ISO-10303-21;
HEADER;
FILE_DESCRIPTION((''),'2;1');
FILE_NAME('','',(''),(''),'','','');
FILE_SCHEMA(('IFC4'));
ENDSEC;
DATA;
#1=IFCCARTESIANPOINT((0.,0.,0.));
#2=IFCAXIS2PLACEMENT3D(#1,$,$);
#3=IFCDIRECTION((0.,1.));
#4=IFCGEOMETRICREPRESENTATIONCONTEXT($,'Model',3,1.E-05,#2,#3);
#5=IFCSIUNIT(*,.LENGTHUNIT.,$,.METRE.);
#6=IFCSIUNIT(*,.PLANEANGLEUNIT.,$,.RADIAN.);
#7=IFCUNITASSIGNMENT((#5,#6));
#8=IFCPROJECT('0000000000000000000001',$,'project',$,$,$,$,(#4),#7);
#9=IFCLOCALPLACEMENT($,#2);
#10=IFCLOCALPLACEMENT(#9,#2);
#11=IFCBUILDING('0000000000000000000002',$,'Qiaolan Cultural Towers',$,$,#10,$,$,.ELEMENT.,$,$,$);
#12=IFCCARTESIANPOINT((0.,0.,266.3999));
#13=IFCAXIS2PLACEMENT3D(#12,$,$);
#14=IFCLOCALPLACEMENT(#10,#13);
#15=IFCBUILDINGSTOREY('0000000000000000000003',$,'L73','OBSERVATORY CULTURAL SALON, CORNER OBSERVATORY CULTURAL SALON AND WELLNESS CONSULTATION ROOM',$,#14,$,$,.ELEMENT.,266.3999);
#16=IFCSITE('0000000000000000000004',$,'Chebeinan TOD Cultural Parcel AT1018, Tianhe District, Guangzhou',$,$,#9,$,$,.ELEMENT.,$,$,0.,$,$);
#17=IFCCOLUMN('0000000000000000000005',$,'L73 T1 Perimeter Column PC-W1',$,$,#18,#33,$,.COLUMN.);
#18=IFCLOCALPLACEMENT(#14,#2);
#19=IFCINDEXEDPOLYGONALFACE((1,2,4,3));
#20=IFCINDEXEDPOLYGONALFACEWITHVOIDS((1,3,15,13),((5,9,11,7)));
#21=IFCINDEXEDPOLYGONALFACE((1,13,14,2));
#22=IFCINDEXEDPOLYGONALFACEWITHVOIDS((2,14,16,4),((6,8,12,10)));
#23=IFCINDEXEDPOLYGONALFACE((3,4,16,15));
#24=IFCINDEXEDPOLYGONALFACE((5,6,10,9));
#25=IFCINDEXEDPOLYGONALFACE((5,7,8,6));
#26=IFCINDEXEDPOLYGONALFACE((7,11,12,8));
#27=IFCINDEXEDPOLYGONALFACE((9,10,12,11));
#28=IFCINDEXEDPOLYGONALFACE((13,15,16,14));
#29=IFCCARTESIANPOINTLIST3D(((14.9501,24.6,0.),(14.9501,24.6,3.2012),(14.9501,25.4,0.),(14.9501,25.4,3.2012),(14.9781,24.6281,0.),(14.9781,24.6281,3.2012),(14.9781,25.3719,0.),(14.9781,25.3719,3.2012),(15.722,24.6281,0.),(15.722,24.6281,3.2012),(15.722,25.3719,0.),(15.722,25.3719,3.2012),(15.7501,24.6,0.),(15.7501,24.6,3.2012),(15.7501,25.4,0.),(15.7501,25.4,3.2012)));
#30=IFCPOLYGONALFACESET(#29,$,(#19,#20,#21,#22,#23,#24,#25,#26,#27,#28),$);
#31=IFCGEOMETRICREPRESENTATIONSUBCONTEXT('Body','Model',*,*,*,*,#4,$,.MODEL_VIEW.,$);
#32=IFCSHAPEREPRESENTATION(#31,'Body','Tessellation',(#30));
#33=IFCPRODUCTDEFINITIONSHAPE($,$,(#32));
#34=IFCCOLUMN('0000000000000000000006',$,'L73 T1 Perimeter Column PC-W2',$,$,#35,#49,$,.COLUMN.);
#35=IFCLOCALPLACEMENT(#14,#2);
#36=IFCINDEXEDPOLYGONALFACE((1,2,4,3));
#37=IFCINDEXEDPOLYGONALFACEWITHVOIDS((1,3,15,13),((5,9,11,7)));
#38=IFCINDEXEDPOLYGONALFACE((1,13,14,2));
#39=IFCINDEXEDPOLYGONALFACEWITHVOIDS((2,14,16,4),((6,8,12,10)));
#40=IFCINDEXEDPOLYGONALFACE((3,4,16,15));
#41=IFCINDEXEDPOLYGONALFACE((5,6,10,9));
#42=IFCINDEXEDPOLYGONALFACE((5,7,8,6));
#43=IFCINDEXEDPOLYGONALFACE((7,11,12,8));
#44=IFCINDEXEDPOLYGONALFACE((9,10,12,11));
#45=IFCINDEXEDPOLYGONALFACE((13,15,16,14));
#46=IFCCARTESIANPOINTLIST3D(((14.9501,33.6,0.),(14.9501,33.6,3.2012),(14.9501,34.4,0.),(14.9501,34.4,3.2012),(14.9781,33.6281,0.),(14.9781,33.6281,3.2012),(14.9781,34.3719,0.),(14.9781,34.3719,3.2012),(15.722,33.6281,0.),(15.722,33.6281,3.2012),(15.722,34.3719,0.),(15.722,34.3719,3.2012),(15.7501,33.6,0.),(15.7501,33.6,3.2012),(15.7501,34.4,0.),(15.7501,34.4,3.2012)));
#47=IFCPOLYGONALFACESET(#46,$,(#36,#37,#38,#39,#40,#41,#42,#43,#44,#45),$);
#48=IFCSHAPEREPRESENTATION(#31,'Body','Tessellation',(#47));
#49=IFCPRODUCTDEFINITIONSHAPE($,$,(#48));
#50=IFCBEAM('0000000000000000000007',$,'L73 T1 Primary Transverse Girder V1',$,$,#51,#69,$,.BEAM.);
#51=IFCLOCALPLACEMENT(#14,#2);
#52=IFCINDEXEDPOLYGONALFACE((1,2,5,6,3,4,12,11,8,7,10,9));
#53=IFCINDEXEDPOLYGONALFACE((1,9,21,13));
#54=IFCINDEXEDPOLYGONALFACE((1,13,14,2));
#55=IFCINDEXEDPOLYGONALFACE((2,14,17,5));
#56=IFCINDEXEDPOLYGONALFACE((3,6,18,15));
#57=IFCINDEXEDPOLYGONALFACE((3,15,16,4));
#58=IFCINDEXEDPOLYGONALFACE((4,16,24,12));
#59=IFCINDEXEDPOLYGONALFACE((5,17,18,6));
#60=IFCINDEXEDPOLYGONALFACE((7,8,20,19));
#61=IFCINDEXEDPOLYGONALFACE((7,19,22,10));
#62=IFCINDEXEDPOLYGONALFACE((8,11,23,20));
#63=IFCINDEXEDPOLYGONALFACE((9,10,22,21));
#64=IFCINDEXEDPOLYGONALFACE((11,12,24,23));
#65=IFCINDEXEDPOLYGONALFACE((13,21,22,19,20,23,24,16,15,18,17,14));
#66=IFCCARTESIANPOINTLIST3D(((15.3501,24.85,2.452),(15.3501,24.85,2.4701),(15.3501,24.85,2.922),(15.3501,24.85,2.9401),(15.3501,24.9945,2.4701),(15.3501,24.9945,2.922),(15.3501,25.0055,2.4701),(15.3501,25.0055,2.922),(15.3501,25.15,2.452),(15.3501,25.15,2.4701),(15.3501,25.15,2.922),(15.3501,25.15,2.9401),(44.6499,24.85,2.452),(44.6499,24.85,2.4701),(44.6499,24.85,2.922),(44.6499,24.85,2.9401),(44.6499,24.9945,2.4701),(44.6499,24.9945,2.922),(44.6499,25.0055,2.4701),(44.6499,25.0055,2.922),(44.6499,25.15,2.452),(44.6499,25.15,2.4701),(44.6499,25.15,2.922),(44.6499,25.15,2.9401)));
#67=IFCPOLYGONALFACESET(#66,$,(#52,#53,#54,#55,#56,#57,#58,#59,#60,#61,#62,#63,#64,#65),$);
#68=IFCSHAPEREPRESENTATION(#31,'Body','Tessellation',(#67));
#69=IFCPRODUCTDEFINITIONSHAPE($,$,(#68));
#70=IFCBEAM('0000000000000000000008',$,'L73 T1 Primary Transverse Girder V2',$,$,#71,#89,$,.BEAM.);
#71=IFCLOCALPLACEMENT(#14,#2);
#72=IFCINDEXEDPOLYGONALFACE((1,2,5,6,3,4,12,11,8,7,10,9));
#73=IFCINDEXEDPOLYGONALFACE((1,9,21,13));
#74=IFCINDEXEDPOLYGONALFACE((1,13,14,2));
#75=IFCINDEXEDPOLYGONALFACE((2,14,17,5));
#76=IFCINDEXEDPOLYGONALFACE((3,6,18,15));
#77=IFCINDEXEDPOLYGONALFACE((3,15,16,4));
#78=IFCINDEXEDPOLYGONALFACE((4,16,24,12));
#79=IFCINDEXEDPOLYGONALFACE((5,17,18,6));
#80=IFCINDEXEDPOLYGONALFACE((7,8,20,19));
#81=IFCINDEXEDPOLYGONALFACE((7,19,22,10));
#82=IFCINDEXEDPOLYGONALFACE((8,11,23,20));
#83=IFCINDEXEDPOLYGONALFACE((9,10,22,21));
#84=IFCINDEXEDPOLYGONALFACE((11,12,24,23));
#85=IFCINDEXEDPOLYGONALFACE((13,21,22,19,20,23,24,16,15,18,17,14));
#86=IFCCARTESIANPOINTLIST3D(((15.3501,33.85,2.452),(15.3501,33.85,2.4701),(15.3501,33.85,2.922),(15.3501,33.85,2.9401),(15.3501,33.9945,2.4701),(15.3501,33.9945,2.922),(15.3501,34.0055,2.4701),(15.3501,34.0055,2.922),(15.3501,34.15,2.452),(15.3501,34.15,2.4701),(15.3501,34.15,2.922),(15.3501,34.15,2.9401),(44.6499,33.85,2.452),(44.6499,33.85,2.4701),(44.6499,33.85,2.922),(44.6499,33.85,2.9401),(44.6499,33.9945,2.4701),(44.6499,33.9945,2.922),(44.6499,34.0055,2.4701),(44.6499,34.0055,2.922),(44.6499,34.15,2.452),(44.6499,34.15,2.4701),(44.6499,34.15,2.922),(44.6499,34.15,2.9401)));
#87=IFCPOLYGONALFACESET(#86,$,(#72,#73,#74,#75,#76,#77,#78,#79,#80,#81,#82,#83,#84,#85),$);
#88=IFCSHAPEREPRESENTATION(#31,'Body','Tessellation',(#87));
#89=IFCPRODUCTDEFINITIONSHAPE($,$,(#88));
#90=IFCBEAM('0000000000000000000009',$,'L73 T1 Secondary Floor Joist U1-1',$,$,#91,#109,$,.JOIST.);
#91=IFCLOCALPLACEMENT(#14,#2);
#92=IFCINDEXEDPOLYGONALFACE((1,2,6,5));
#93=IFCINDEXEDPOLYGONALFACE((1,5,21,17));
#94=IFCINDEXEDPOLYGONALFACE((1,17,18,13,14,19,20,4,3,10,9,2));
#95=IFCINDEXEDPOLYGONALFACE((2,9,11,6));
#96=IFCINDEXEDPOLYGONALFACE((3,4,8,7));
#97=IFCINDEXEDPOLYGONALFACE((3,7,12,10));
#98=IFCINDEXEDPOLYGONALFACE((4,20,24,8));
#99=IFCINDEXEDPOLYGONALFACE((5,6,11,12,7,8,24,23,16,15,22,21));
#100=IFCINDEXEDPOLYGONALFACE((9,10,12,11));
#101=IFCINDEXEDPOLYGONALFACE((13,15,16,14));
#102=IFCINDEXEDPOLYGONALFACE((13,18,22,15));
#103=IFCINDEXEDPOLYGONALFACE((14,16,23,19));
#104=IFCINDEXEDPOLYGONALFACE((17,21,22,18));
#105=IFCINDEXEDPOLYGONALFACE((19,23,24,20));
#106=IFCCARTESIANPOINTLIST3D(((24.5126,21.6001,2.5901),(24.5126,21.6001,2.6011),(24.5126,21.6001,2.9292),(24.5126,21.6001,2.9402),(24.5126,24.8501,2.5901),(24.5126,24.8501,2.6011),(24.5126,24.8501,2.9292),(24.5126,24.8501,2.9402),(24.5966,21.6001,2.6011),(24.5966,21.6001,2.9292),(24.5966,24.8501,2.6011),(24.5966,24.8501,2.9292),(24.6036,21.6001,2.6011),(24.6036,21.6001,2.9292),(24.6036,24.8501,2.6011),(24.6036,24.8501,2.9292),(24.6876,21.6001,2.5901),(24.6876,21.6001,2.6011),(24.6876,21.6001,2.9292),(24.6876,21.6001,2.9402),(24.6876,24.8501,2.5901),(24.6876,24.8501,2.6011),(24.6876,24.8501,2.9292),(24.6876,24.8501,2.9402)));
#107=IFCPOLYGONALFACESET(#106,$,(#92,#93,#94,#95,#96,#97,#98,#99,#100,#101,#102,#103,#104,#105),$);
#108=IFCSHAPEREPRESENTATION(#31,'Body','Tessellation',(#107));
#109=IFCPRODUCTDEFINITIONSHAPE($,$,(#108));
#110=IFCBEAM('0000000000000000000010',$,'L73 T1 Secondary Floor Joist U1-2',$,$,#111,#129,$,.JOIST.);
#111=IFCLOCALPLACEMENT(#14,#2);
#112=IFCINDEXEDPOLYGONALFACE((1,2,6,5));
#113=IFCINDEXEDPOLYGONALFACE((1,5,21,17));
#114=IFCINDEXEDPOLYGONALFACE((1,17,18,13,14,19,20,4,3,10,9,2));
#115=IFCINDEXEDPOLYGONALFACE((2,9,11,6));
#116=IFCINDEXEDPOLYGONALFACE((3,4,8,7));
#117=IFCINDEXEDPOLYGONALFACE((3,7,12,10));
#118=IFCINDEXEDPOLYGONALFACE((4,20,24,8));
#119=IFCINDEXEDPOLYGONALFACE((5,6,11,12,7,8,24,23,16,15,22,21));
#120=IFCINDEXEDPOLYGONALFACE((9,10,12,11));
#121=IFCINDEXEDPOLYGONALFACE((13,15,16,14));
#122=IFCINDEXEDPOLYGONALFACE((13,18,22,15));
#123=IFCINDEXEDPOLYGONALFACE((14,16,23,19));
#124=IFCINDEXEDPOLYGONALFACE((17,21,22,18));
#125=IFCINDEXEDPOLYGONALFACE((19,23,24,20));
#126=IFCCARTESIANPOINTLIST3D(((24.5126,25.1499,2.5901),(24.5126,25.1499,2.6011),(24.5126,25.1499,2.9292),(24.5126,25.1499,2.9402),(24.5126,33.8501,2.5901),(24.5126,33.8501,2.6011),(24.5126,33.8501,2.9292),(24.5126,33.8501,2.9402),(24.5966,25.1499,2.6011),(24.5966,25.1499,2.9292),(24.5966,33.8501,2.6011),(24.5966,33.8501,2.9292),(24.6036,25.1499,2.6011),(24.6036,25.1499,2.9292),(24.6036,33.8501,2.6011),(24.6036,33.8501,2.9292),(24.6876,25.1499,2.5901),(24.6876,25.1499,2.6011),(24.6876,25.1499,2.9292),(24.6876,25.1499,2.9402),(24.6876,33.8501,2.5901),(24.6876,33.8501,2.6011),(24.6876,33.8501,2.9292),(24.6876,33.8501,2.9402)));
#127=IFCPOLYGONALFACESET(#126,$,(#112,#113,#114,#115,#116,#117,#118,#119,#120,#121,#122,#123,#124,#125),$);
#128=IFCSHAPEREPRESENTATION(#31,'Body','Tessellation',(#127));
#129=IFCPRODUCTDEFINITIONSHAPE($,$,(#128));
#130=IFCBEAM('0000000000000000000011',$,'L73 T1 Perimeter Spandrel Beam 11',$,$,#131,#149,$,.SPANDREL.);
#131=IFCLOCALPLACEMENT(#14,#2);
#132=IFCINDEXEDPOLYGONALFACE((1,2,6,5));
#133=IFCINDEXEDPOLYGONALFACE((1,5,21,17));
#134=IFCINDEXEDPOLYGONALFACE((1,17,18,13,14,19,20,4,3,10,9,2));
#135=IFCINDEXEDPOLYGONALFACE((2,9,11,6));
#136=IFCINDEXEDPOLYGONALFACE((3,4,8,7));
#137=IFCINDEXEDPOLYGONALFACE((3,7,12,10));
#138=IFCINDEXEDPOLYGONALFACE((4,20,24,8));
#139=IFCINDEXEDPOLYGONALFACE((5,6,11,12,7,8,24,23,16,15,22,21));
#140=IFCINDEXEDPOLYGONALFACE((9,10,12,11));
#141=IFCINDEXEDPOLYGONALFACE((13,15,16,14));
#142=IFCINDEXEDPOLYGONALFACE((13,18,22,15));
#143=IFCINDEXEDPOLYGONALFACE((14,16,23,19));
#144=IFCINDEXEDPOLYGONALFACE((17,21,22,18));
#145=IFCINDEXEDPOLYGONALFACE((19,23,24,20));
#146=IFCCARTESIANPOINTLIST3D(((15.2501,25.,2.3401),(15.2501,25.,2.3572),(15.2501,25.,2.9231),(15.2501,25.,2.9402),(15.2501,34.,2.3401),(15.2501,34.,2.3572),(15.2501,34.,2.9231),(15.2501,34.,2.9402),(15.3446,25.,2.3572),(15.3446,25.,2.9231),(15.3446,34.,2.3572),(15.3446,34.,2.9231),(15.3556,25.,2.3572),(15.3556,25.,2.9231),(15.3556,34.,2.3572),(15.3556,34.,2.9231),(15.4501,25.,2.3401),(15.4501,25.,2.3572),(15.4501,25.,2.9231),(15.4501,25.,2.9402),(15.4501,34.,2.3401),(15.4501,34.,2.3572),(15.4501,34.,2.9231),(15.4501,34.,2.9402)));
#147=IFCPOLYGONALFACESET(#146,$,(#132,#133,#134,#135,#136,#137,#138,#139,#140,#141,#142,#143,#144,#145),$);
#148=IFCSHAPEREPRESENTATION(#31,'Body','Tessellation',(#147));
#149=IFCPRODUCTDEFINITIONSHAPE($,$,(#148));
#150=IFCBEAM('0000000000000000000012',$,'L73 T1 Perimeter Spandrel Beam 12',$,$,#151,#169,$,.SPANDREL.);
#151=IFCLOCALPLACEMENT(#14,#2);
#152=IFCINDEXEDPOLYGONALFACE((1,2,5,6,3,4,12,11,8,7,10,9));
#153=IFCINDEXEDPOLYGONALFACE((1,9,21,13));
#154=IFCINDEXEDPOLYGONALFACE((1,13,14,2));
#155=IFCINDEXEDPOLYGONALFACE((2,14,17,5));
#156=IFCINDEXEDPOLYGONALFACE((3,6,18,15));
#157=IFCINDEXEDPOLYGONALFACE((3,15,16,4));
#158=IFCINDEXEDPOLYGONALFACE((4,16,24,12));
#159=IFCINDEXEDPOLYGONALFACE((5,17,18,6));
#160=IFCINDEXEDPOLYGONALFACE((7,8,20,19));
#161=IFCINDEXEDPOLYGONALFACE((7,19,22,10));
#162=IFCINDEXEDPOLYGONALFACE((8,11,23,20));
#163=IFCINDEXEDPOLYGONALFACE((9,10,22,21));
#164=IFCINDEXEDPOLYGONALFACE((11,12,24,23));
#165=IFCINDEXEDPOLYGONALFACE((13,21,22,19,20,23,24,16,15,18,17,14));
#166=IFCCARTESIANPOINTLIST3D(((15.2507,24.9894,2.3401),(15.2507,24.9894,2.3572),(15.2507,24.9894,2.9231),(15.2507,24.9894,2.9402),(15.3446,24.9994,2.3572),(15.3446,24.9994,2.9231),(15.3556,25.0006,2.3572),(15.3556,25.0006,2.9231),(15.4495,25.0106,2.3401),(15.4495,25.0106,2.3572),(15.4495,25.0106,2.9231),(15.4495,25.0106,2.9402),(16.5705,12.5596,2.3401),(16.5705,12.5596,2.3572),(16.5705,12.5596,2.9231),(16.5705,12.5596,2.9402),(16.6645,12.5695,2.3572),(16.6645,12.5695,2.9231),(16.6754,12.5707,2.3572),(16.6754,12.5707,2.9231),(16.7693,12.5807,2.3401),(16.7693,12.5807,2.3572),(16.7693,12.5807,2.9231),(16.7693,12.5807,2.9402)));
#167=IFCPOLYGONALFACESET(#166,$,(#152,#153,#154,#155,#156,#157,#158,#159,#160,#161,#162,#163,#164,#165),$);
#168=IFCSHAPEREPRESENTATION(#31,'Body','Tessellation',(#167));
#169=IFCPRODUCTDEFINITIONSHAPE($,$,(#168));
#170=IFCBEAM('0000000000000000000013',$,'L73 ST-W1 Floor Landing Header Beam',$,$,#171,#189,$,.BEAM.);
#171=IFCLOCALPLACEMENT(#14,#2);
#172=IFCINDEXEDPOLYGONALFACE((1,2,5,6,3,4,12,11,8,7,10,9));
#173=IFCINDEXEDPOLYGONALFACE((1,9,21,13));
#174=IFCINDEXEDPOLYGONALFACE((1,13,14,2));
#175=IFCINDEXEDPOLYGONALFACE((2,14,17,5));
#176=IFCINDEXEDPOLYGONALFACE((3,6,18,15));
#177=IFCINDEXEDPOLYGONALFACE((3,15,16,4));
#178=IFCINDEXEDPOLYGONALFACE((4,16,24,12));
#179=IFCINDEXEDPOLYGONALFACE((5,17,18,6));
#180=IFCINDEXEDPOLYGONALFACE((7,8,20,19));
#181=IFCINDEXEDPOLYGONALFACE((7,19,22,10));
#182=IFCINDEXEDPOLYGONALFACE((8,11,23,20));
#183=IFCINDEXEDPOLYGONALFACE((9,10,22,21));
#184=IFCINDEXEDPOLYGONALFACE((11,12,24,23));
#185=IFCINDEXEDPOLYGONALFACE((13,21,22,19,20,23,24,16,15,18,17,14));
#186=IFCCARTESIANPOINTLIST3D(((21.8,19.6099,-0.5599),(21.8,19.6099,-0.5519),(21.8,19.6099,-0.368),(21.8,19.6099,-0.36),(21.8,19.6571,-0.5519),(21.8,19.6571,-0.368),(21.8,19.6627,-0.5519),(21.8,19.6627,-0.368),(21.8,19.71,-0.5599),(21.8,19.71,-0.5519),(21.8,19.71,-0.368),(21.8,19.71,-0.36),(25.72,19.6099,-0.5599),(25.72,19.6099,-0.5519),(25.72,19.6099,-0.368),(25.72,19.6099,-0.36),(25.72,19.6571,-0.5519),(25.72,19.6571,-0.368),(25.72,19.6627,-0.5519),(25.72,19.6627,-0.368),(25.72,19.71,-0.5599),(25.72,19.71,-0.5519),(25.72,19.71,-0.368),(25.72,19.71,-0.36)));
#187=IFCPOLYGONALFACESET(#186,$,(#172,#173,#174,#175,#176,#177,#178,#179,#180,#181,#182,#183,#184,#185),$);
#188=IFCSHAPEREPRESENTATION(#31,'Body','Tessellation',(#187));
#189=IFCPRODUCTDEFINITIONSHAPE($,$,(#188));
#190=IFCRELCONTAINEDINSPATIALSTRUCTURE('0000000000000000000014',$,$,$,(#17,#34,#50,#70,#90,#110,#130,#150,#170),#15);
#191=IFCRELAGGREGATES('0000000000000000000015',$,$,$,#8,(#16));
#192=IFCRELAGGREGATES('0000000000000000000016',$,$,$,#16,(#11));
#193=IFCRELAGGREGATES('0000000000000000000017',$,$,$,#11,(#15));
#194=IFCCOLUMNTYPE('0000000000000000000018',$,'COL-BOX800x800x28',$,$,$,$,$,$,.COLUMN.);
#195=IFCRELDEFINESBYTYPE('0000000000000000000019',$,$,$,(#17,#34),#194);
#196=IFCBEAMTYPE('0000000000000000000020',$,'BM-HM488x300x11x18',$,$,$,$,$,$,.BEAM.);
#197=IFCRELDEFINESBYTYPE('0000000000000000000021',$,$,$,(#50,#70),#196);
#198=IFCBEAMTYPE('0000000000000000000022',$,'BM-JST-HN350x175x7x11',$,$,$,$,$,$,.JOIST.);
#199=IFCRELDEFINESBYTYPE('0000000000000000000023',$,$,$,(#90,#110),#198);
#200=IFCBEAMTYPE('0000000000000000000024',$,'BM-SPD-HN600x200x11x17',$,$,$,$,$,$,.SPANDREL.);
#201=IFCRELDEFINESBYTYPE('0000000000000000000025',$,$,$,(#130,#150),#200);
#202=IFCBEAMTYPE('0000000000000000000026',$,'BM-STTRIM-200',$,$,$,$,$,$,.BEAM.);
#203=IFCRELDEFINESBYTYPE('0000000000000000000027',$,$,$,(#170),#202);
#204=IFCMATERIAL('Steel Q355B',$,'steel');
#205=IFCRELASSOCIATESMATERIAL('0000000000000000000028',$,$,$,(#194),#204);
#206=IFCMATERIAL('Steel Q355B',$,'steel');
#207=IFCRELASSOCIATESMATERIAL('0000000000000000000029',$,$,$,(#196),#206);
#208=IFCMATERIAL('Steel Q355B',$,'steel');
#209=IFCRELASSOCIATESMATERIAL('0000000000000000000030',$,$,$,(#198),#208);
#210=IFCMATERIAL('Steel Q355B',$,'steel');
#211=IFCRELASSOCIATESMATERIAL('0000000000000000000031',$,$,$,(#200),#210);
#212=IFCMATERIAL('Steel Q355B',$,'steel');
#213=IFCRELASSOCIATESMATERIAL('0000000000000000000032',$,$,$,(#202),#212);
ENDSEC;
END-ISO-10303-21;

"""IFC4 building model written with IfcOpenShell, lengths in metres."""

from ifc_helpers import new_model, si_unit, direction, frame, origin, origin_2d, place, context, subcontext, project, spatial, hollow_rectangle, i_section, extrude, material, material_profile, profile_set, type_object, element, save


model = new_model("IFC4")

# Units and contexts
model_context = context("Model", 3, precision=1e-05, world=origin(), true_north=direction((0.0, 1.0)))
body_context = subcontext(model_context, "Body", "Model", "MODEL_VIEW")
ifc_project = project(units=[si_unit("LENGTHUNIT", "METRE"), si_unit("PLANEANGLEUNIT", "RADIAN")], contexts=[model_context])

# Site, building, storey
site_placement = place(None, origin())
site = spatial("IfcSite", under=ifc_project, at=site_placement, Name="Chebeinan TOD Cultural Parcel AT1018, Tianhe District, Guangzhou", CompositionType="ELEMENT", RefElevation=0.0)
building_placement = place(site_placement, origin())
building = spatial("IfcBuilding", under=site, at=building_placement, Name="Qiaolan Cultural Towers", CompositionType="ELEMENT")
storey_placement = place(building_placement, frame((0.0, 0.0, 266.3999)))
storey = spatial("IfcBuildingStorey", under=building, at=storey_placement, Name="L73", Description="OBSERVATORY CULTURAL SALON, CORNER OBSERVATORY CULTURAL SALON AND WELLNESS CONSULTATION ROOM", CompositionType="ELEMENT", Elevation=266.3999)

# Columns
ifc_material_1 = material(Name="Steel Q355B", Category="steel")
ifc_material_profile_1 = material_profile(ifc_material_1, hollow_rectangle(XDim=0.8, YDim=0.8, WallThickness=0.0281, at=origin_2d()), Name="BOX800x800x28")
ifc_profile_set_1 = profile_set([ifc_material_profile_1], Name="Steel Q355B")
column_type = type_object("IfcColumnType", Name="COL-BOX800x800x28", PredefinedType="COLUMN", material=ifc_profile_set_1)
for number, where, z_axis, x_axis, name in (
    (1, (15.3501, 25.0, 0.0), (0.0, 0.0, 1.0), (1.0, 0.0, 0.0), "L73 T1 Perimeter Column PC-W1"),
    (2, (15.3501, 34.0, 0.0), (0.0, 0.0, 1.0), (1.0, 0.0, 0.0), "L73 T1 Perimeter Column PC-W2"),
):
    element("IfcColumn", number, at=place(storey_placement, frame(where, z_axis=z_axis, x_axis=x_axis)), inside=storey, type_object=column_type, Name=name, PredefinedType="COLUMN", context=body_context, shape_type="SweptSolid", body=[
        extrude(hollow_rectangle(XDim=0.8, YDim=0.8, WallThickness=0.0281, at=origin_2d()), origin(), (0.0, 0.0, 1.0), 3.2012),
    ])

# Beams
ifc_material_2 = material(Name="Steel Q355B", Category="steel")
ifc_material_profile_2 = material_profile(ifc_material_2, i_section(OverallWidth=0.3, OverallDepth=0.488, WebThickness=0.011, FlangeThickness=0.0181, at=origin_2d()), Name="HM488x300x11x18")
ifc_profile_set_2 = profile_set([ifc_material_profile_2], Name="Steel Q355B")
beam_type_1 = type_object("IfcBeamType", Name="BM-HM488x300x11x18", PredefinedType="BEAM", material=ifc_profile_set_2)
for number, where, z_axis, x_axis, name in (
    (3, (15.3501, 25.0, 2.696), (1.0, 0.0, 0.0), (0.0, 1.0, 0.0), "L73 T1 Primary Transverse Girder V1"),
    (4, (15.3501, 34.0, 2.696), (1.0, 0.0, 0.0), (0.0, 1.0, 0.0), "L73 T1 Primary Transverse Girder V2"),
):
    element("IfcBeam", number, at=place(storey_placement, frame(where, z_axis=z_axis, x_axis=x_axis)), inside=storey, type_object=beam_type_1, Name=name, PredefinedType="BEAM", context=body_context, shape_type="SweptSolid", body=[
        extrude(i_section(OverallWidth=0.3, OverallDepth=0.488, WebThickness=0.011, FlangeThickness=0.0181, at=origin_2d()), origin(), (0.0, 0.0, 1.0), 29.2998),
    ])
ifc_material_3 = material(Name="Steel Q355B", Category="steel")
ifc_material_profile_3 = material_profile(ifc_material_3, i_section(OverallWidth=0.175, OverallDepth=0.3501, WebThickness=0.0071, FlangeThickness=0.011, at=origin_2d()), Name="HN350x175x7x11")
ifc_profile_set_3 = profile_set([ifc_material_profile_3], Name="Steel Q355B")
beam_type_2 = type_object("IfcBeamType", Name="BM-JST-HN350x175x7x11", PredefinedType="JOIST", material=ifc_profile_set_3)
beam_1_placement = place(storey_placement, frame((24.6001, 21.6001, 2.7651), z_axis=(0.0, 1.0, 0.0), x_axis=(-1.0, 0.0, 0.0)))
element("IfcBeam", 5, at=beam_1_placement, inside=storey, type_object=beam_type_2, Name="L73 T1 Secondary Floor Joist U1-1", PredefinedType="JOIST", context=body_context, shape_type="SweptSolid", body=[
    extrude(i_section(OverallWidth=0.175, OverallDepth=0.3501, WebThickness=0.0071, FlangeThickness=0.011, at=origin_2d()), origin(), (0.0, 0.0, 1.0), 3.25),
])
beam_2_placement = place(storey_placement, frame((24.6001, 25.1499, 2.7651), z_axis=(0.0, 1.0, 0.0), x_axis=(-1.0, 0.0, 0.0)))
element("IfcBeam", 6, at=beam_2_placement, inside=storey, type_object=beam_type_2, Name="L73 T1 Secondary Floor Joist U1-2", PredefinedType="JOIST", context=body_context, shape_type="SweptSolid", body=[
    extrude(i_section(OverallWidth=0.175, OverallDepth=0.3501, WebThickness=0.0071, FlangeThickness=0.011, at=origin_2d()), origin(), (0.0, 0.0, 1.0), 8.7002),
])
ifc_material_4 = material(Name="Steel Q355B", Category="steel")
ifc_material_profile_4 = material_profile(ifc_material_4, i_section(OverallWidth=0.2, OverallDepth=0.6001, WebThickness=0.011, FlangeThickness=0.0171, at=origin_2d()), Name="HN600x200x11x17")
ifc_profile_set_4 = profile_set([ifc_material_profile_4], Name="Steel Q355B")
beam_type_3 = type_object("IfcBeamType", Name="BM-SPD-HN600x200x11x17", PredefinedType="SPANDREL", material=ifc_profile_set_4)
beam_3_placement = place(storey_placement, frame((15.3501, 34.0, 2.6401), z_axis=(0.0, -1.0, 0.0), x_axis=(1.0, 0.0, 0.0)))
element("IfcBeam", 7, at=beam_3_placement, inside=storey, type_object=beam_type_3, Name="L73 T1 Perimeter Spandrel Beam 11", PredefinedType="SPANDREL", context=body_context, shape_type="SweptSolid", body=[
    extrude(i_section(OverallWidth=0.2, OverallDepth=0.6001, WebThickness=0.011, FlangeThickness=0.0171, at=origin_2d()), origin(), (0.0, 0.0, 1.0), 9.0),
])
beam_4_placement = place(storey_placement, frame((15.3501, 25.0, 2.6401), z_axis=(0.105588, -0.99441, 0.0), x_axis=(0.99441, 0.105588, 0.0)))
element("IfcBeam", 8, at=beam_4_placement, inside=storey, type_object=beam_type_3, Name="L73 T1 Perimeter Spandrel Beam 12", PredefinedType="SPANDREL", context=body_context, shape_type="SweptSolid", body=[
    extrude(i_section(OverallWidth=0.2, OverallDepth=0.6001, WebThickness=0.011, FlangeThickness=0.0171, at=origin_2d()), origin(), (0.0, 0.0, 1.0), 12.4998),
])
ifc_material_5 = material(Name="Steel Q355B", Category="steel")
ifc_material_profile_5 = material_profile(ifc_material_5, i_section(OverallWidth=0.1001, OverallDepth=0.2, WebThickness=0.0056, FlangeThickness=0.0081, at=origin_2d()), Name="HN200x100x5.5x8")
ifc_profile_set_5 = profile_set([ifc_material_profile_5], Name="Steel Q355B")
beam_type_4 = type_object("IfcBeamType", Name="BM-STTRIM-200", PredefinedType="BEAM", material=ifc_profile_set_5)
beam_5_placement = place(storey_placement, frame((21.8, 19.6599, -0.46), z_axis=(1.0, 0.0, 0.0), x_axis=(0.0, 1.0, 0.0)))
element("IfcBeam", 9, at=beam_5_placement, inside=storey, type_object=beam_type_4, Name="L73 ST-W1 Floor Landing Header Beam", PredefinedType="BEAM", context=body_context, shape_type="SweptSolid", body=[
    extrude(i_section(OverallWidth=0.1001, OverallDepth=0.2, WebThickness=0.0056, FlangeThickness=0.0081, at=origin_2d()), origin(), (0.0, 0.0, 1.0), 3.9199),
])

save(model, "model.ifc")
